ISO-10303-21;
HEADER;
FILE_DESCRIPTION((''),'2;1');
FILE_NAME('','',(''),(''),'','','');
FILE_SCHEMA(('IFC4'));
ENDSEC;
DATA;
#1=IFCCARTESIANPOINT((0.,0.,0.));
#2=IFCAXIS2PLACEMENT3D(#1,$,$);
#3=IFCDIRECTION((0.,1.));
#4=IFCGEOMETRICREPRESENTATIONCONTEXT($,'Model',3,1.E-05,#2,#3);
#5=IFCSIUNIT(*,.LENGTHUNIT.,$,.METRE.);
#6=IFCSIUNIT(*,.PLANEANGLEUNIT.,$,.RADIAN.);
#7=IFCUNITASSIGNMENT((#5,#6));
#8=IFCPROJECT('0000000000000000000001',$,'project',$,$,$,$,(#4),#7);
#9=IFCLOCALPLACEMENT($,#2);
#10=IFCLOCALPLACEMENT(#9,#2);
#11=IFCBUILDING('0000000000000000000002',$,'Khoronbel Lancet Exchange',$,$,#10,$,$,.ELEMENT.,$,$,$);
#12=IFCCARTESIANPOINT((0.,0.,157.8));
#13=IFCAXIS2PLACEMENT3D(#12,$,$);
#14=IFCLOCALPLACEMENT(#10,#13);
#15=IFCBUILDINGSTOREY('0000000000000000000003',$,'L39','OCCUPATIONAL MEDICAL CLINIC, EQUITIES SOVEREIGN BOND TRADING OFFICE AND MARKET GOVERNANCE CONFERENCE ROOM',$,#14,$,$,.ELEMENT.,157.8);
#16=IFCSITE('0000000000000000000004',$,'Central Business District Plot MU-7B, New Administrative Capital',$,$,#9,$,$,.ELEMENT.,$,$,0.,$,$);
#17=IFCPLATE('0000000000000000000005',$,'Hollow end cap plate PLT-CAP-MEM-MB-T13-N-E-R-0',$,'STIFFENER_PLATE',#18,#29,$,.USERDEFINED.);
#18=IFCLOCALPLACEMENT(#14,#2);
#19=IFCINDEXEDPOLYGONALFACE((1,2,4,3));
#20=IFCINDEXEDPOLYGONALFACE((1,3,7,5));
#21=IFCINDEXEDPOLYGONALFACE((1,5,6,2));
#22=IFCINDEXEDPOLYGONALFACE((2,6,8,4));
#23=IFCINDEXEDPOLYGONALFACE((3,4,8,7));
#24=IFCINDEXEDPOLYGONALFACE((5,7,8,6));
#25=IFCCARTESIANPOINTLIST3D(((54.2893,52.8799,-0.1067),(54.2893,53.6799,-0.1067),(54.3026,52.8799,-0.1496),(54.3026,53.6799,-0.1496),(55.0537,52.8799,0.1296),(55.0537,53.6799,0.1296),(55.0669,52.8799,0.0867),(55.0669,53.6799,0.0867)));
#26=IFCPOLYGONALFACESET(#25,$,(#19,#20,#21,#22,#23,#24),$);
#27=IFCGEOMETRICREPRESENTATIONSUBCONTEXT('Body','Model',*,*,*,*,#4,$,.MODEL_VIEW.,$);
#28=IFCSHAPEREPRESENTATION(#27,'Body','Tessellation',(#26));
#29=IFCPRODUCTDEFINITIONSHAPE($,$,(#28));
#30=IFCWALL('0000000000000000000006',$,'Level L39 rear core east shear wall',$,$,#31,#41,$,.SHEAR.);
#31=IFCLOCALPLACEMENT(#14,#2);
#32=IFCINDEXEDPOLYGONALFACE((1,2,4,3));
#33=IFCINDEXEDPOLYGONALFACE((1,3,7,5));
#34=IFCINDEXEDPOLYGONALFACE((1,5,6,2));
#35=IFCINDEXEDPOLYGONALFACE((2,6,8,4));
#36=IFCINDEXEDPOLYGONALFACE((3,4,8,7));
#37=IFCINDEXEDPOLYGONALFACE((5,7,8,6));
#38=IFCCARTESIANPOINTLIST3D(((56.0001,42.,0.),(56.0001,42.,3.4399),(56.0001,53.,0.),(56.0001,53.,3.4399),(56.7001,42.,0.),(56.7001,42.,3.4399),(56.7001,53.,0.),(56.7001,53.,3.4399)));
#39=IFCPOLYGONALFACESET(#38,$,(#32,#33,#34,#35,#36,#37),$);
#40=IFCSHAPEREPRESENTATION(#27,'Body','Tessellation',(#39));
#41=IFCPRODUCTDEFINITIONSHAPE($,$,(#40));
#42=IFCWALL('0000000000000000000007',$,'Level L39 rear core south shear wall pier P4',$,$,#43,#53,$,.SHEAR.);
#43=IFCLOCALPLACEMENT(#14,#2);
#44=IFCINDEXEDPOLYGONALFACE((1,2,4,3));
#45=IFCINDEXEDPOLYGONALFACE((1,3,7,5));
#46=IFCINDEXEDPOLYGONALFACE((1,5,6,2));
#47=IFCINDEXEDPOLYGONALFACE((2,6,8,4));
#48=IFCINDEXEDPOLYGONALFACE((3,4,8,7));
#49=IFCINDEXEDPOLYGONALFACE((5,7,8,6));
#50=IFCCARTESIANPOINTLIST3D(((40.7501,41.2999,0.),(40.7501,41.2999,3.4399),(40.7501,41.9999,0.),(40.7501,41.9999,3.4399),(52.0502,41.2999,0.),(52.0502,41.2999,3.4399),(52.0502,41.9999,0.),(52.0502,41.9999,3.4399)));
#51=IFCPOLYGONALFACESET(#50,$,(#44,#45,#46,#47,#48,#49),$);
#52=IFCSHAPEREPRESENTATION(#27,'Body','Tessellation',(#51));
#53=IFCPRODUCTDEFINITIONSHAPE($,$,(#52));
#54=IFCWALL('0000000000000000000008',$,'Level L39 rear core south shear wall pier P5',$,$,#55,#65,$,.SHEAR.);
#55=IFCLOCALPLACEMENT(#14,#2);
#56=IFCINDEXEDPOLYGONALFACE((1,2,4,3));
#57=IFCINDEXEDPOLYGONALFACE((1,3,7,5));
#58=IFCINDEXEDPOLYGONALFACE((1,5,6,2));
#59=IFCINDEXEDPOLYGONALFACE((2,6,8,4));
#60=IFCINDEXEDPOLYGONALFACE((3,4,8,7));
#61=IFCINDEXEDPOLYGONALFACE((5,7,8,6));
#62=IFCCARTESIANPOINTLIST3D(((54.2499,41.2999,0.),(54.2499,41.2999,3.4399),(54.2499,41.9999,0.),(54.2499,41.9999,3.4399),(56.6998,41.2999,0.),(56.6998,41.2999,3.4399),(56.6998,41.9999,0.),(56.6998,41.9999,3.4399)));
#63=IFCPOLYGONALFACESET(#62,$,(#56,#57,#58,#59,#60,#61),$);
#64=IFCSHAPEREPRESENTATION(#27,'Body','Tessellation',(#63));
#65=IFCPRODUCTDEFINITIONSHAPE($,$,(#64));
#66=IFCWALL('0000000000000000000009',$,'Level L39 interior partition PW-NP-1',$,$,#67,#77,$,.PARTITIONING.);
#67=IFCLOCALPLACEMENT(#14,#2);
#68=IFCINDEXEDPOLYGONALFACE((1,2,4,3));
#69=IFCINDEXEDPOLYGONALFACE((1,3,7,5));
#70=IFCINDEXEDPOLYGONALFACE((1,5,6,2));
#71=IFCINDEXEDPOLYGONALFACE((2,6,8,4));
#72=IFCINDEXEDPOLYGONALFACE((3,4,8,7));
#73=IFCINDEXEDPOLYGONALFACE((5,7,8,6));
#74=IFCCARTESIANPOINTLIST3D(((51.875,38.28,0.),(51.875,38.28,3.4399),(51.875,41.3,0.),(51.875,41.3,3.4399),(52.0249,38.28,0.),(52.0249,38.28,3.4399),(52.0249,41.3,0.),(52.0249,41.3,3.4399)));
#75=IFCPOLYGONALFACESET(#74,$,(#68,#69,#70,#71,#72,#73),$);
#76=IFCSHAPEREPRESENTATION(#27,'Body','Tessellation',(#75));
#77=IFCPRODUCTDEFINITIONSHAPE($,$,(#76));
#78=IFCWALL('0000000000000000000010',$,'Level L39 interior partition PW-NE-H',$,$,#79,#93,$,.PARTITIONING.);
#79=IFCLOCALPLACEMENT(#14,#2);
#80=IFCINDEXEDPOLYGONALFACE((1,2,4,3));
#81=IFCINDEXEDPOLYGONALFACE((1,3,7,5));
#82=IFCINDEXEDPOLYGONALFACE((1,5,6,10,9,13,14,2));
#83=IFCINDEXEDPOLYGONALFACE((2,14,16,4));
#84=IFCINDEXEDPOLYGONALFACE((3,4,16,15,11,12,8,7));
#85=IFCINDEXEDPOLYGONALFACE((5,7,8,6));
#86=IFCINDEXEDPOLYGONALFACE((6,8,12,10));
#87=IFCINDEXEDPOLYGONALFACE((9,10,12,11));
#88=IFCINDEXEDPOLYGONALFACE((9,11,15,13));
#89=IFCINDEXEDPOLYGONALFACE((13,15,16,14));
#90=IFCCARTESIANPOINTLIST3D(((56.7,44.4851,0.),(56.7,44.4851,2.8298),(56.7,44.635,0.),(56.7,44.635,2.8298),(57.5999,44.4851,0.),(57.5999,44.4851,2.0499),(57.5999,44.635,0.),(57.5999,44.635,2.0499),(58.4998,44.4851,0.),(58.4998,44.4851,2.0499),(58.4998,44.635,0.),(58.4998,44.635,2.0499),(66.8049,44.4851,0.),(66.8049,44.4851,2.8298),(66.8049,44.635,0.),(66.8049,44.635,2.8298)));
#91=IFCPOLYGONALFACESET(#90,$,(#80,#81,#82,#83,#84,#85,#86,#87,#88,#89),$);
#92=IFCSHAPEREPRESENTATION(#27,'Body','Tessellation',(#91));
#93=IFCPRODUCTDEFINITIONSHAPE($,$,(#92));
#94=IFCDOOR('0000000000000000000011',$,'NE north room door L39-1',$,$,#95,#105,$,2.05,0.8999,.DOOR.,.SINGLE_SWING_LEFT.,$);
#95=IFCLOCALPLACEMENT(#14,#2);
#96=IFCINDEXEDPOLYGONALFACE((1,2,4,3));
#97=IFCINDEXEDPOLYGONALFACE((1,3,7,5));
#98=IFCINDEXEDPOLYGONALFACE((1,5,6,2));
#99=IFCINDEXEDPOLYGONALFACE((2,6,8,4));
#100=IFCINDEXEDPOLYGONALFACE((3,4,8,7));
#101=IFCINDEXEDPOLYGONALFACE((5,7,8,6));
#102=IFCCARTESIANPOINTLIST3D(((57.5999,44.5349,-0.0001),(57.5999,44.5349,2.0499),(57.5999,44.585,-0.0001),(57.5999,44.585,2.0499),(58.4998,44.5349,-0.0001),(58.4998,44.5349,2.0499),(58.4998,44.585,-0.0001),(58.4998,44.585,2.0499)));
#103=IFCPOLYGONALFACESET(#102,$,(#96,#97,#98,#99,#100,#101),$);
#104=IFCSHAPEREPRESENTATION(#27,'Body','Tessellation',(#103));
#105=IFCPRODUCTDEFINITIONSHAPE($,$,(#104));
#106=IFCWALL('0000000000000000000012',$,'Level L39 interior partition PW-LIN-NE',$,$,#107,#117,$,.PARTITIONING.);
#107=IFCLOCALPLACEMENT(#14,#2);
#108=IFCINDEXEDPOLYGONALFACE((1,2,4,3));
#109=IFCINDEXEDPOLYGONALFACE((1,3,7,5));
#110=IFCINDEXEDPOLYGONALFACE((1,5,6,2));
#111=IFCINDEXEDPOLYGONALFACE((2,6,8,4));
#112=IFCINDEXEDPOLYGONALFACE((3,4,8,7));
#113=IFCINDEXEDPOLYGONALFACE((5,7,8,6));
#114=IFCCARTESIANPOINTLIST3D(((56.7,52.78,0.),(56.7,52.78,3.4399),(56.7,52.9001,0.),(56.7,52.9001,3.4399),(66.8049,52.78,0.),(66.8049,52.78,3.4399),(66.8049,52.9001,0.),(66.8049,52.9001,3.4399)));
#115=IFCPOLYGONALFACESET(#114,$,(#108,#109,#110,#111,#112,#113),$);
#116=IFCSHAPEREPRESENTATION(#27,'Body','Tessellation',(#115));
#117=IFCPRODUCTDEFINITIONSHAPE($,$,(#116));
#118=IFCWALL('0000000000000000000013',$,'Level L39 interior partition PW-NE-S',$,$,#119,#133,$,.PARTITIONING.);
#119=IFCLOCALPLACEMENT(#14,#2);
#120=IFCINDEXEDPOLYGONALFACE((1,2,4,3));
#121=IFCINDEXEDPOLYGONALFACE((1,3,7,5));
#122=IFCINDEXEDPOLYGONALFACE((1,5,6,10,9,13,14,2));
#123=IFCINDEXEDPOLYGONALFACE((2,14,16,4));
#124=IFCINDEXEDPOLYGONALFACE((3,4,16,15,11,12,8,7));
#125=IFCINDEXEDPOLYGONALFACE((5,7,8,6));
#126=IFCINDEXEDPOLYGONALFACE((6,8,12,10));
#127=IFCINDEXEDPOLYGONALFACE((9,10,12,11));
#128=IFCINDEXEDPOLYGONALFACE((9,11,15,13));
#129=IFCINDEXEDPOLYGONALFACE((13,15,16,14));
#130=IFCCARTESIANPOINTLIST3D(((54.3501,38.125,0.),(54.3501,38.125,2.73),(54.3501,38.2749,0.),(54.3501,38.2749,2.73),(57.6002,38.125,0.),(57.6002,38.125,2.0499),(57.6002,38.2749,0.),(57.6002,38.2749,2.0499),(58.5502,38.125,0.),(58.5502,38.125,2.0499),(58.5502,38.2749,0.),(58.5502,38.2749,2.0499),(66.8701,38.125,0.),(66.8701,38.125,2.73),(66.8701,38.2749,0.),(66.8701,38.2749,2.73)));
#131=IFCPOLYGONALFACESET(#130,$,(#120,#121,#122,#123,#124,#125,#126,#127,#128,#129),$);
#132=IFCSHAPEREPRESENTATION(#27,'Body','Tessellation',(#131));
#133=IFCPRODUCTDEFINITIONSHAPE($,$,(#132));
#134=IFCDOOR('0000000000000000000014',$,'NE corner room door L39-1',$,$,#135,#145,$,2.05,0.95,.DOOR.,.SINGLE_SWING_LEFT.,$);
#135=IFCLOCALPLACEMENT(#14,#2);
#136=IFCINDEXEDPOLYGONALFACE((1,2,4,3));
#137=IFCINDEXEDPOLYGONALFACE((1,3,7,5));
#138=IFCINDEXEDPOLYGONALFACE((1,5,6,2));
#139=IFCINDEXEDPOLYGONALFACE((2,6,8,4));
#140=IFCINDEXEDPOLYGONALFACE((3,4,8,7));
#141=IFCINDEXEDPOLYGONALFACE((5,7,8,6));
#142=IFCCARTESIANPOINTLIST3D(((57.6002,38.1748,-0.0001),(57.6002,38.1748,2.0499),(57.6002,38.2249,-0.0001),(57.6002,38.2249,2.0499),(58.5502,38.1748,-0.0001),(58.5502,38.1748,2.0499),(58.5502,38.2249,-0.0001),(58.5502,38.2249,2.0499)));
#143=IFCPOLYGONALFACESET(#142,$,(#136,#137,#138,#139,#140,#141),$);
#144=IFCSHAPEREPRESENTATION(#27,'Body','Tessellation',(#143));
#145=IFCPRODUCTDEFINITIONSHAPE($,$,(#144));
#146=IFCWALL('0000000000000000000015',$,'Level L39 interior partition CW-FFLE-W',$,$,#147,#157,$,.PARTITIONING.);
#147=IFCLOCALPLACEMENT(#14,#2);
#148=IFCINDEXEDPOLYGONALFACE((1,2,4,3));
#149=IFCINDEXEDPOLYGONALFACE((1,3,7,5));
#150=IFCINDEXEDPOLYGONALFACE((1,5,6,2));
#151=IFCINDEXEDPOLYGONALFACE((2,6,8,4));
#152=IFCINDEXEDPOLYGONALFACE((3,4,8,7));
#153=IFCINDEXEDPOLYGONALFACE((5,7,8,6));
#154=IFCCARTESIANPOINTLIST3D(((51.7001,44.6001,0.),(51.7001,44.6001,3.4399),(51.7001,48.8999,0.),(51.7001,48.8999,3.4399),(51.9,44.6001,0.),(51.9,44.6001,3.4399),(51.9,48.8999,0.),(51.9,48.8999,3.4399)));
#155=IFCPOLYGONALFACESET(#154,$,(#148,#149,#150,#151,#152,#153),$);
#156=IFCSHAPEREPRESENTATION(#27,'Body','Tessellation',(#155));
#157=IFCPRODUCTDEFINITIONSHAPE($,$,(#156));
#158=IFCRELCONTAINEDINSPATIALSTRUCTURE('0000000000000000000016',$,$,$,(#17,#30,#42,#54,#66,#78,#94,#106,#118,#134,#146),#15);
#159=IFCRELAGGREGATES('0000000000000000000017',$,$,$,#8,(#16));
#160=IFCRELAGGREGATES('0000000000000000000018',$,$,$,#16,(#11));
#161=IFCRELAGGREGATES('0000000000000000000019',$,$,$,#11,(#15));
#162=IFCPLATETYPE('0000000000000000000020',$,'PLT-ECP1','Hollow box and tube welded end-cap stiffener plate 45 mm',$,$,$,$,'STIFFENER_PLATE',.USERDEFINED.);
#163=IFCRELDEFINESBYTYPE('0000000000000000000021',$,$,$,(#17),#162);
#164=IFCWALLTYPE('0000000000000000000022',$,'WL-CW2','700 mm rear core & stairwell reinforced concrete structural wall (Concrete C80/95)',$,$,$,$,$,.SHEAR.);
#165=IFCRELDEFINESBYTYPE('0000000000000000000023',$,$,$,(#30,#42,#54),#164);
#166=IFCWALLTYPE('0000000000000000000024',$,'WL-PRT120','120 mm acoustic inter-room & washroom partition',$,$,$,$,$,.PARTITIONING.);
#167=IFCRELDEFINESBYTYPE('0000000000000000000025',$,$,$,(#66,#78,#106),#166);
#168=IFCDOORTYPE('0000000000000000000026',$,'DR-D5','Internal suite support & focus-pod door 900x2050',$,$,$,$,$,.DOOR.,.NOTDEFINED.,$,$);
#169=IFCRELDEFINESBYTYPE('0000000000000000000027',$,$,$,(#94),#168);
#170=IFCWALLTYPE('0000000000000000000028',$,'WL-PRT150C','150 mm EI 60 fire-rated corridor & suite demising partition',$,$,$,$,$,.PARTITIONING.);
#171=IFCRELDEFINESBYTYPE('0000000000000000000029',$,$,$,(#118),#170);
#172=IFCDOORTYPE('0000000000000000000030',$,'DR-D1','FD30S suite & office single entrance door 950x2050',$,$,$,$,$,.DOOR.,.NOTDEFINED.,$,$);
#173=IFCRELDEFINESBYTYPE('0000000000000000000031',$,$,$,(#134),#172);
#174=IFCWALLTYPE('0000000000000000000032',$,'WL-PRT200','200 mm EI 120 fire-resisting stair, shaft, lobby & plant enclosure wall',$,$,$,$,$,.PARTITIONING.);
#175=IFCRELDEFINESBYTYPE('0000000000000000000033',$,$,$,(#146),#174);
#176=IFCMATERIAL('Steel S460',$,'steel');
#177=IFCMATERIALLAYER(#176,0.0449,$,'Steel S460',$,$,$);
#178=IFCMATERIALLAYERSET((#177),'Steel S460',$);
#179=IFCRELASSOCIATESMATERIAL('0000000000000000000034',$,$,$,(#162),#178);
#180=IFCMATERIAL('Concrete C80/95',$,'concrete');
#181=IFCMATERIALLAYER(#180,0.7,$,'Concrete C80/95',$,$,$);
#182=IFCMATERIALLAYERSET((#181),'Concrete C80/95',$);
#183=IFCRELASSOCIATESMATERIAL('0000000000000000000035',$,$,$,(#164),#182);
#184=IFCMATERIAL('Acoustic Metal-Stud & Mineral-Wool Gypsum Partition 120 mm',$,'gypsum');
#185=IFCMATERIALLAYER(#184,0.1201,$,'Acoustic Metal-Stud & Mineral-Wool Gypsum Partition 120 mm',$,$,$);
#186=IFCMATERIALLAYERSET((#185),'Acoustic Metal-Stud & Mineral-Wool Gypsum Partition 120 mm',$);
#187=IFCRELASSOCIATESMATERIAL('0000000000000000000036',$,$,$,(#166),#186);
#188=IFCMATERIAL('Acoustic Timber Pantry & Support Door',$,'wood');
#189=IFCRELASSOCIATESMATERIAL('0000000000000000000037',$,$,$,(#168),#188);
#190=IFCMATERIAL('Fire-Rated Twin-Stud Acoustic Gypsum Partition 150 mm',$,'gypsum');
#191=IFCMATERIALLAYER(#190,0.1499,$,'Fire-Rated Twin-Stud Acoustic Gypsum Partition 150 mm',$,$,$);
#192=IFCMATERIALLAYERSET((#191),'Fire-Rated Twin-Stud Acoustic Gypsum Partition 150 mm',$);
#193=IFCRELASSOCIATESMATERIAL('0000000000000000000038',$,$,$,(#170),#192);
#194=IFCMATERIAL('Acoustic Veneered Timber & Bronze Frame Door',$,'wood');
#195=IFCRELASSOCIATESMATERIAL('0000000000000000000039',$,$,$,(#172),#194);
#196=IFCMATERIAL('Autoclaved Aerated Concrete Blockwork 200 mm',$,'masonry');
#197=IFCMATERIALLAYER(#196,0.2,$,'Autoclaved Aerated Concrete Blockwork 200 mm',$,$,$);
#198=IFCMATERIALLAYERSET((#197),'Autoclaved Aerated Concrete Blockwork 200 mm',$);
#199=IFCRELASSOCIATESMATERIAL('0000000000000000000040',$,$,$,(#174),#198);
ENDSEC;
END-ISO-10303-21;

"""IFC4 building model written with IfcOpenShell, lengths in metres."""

from ifc_helpers import new_model, si_unit, direction, frame, frame_2d, origin, place, context, subcontext, project, spatial, polyline, rectangle, outline, extrude, material, layer, layer_set, type_object, element, fill, save


model = new_model("IFC4")

# Units and contexts
model_context = context("Model", 3, precision=1e-05, world=origin(), true_north=direction((0.0, 1.0)))
body_context = subcontext(model_context, "Body", "Model", "MODEL_VIEW")
ifc_project = project(units=[si_unit("LENGTHUNIT", "METRE"), si_unit("PLANEANGLEUNIT", "RADIAN")], contexts=[model_context])

# Site, building, storey
site_placement = place(None, origin())
site = spatial("IfcSite", under=ifc_project, at=site_placement, Name="Central Business District Plot MU-7B, New Administrative Capital", CompositionType="ELEMENT", RefElevation=0.0)
building_placement = place(site_placement, origin())
building = spatial("IfcBuilding", under=site, at=building_placement, Name="Khoronbel Lancet Exchange", CompositionType="ELEMENT")
storey_placement = place(building_placement, frame((0.0, 0.0, 157.8)))
storey = spatial("IfcBuildingStorey", under=building, at=storey_placement, Name="L39", Description="OCCUPATIONAL MEDICAL CLINIC, EQUITIES SOVEREIGN BOND TRADING OFFICE AND MARKET GOVERNANCE CONFERENCE ROOM", CompositionType="ELEMENT", Elevation=157.8)

# Shared definitions
ifc_material_1 = material(Name="Steel S460", Category="steel")

# Shared definitions
ifc_material_2 = material(Name="Concrete C80/95", Category="concrete")

# Plate
ifc_layer_1 = layer(ifc_material_1, 0.0449, Name="Steel S460")
ifc_layer_set_1 = layer_set([ifc_layer_1], Name="Steel S460")
plate_type_1 = type_object("IfcPlateType", Name="PLT-ECP1", Description="Hollow box and tube welded end-cap stiffener plate 45 mm", ElementType="STIFFENER_PLATE", PredefinedType="USERDEFINED", material=ifc_layer_set_1)
plate_1_placement = place(storey_placement, frame((54.2893, 53.6799, -0.1067), z_axis=(-0.295372, 0.0, 0.955382), x_axis=(0.0, -1.0, 0.0)))
element("IfcPlate", 1, at=plate_1_placement, inside=storey, type_object=plate_type_1, Name="Hollow end cap plate PLT-CAP-MEM-MB-T13-N-E-R-0", ObjectType="STIFFENER_PLATE", PredefinedType="USERDEFINED", context=body_context, shape_type="SweptSolid", body=[
    extrude(outline(polyline([(0.0, 0.0), (0.8, 0.0), (0.8, 0.8), (0.0, 0.8), (0.0, 0.0)])), origin(), (0.0, 0.0, -1.0), 0.0449),
])

# Walls
ifc_layer_2 = layer(ifc_material_2, 0.7, Name="Concrete C80/95")
ifc_layer_set_2 = layer_set([ifc_layer_2], Name="Concrete C80/95")
wall_type_1 = type_object("IfcWallType", Name="WL-CW2", Description="700 mm rear core & stairwell reinforced concrete structural wall (Concrete C80/95)", PredefinedType="SHEAR", material=ifc_layer_set_2)
wall_1_placement = place(storey_placement, frame((56.3501, 53.0, 0.0), z_axis=(0.0, 0.0, 1.0), x_axis=(0.0, -1.0, 0.0)))
element("IfcWall", 2, at=wall_1_placement, inside=storey, type_object=wall_type_1, Name="Level L39 rear core east shear wall", PredefinedType="SHEAR", context=body_context, shape_type="SweptSolid", body=[
    extrude(rectangle(XDim=11.0, YDim=0.7, at=frame_2d((5.5, 0.0))), origin(), (0.0, 0.0, 1.0), 3.4399),
])
wall_2_placement = place(storey_placement, frame((52.05, 41.6499, 0.0), z_axis=(0.0, 0.0, 1.0), x_axis=(-1.0, 0.0, 0.0)))
element("IfcWall", 3, at=wall_2_placement, inside=storey, type_object=wall_type_1, Name="Level L39 rear core south shear wall pier P4", PredefinedType="SHEAR", context=body_context, shape_type="SweptSolid", body=[
    extrude(rectangle(XDim=11.3, YDim=0.7, at=frame_2d((5.6499, 0.0))), origin(), (0.0, 0.0, 1.0), 3.4399),
])
wall_3_placement = place(storey_placement, frame((56.7, 41.6499, 0.0), z_axis=(0.0, 0.0, 1.0), x_axis=(-1.0, 0.0, 0.0)))
element("IfcWall", 4, at=wall_3_placement, inside=storey, type_object=wall_type_1, Name="Level L39 rear core south shear wall pier P5", PredefinedType="SHEAR", context=body_context, shape_type="SweptSolid", body=[
    extrude(rectangle(XDim=2.45, YDim=0.7, at=frame_2d((1.2251, 0.0))), origin(), (0.0, 0.0, 1.0), 3.4399),
])
ifc_material_3 = material(Name="Acoustic Metal-Stud & Mineral-Wool Gypsum Partition 120 mm", Category="gypsum")
ifc_layer_3 = layer(ifc_material_3, 0.1201, Name="Acoustic Metal-Stud & Mineral-Wool Gypsum Partition 120 mm")
ifc_layer_set_3 = layer_set([ifc_layer_3], Name="Acoustic Metal-Stud & Mineral-Wool Gypsum Partition 120 mm")
wall_type_2 = type_object("IfcWallType", Name="WL-PRT120", Description="120 mm acoustic inter-room & washroom partition", PredefinedType="PARTITIONING", material=ifc_layer_set_3)
wall_4_placement = place(storey_placement, frame((51.95, 38.28, 0.0), z_axis=(0.0, 0.0, 1.0), x_axis=(0.0, 1.0, 0.0)))
element("IfcWall", 5, at=wall_4_placement, inside=storey, type_object=wall_type_2, Name="Level L39 interior partition PW-NP-1", PredefinedType="PARTITIONING", context=body_context, shape_type="SweptSolid", body=[
    extrude(rectangle(XDim=3.02, YDim=0.1499, at=frame_2d((1.51, 0.0))), origin(), (0.0, 0.0, 1.0), 3.4399),
])

# Wall, opening, door
wall_5_placement = place(storey_placement, frame((56.7, 44.5601, 0.0), z_axis=(0.0, 0.0, 1.0), x_axis=(1.0, 0.0, 0.0)))
wall_5 = element("IfcWall", 6, at=wall_5_placement, inside=storey, type_object=wall_type_2, Name="Level L39 interior partition PW-NE-H", PredefinedType="PARTITIONING", context=body_context, shape_type="SweptSolid", body=[
    extrude(rectangle(XDim=10.105, YDim=0.1499, at=frame_2d((5.0525, 0.0))), origin(), (0.0, 0.0, 1.0), 2.8298),
])
opening_1_placement = place(wall_5_placement, frame((0.8999, 0.0, 0.0)))
opening_1 = element("IfcOpeningElement", 7, at=opening_1_placement, cuts=wall_5, PredefinedType="OPENING", context=body_context, shape_type="SweptSolid", body=[
    extrude(rectangle(XDim=0.8999, YDim=2.05, at=frame_2d((0.45, 1.0249))), frame((0.0, 0.085, 0.0), z_axis=(0.0, -1.0, 0.0), x_axis=(1.0, 0.0, 0.0)), (0.0, 0.0, 1.0), 0.1699),
])
ifc_material_4 = material(Name="Acoustic Timber Pantry & Support Door", Category="wood")
door_type_1 = type_object("IfcDoorType", Name="DR-D5", Description="Internal suite support & focus-pod door 900x2050", OperationType="NOTDEFINED", PredefinedType="DOOR", material=ifc_material_4)
door_1_placement = place(opening_1_placement, origin())
door_1 = element("IfcDoor", 8, at=door_1_placement, inside=storey, type_object=door_type_1, Name="NE north room door L39-1", OperationType="SINGLE_SWING_LEFT", OverallHeight=2.05, OverallWidth=0.8999, PredefinedType="DOOR", context=body_context, shape_type="SweptSolid", body=[
    extrude(rectangle(XDim=0.8999, YDim=2.05, at=frame_2d((0.45, 1.0249))), frame((0.0, 0.0249, 0.0), z_axis=(0.0, -1.0, 0.0), x_axis=(1.0, 0.0, 0.0)), (0.0, 0.0, 1.0), 0.05),
])
fill(opening_1, door_1)

# Wall
wall_6_placement = place(storey_placement, frame((56.7, 52.8401, 0.0), z_axis=(0.0, 0.0, 1.0), x_axis=(1.0, 0.0, 0.0)))
element("IfcWall", 9, at=wall_6_placement, inside=storey, type_object=wall_type_2, Name="Level L39 interior partition PW-LIN-NE", PredefinedType="PARTITIONING", context=body_context, shape_type="SweptSolid", body=[
    extrude(rectangle(XDim=10.105, YDim=0.1201, at=frame_2d((5.0525, 0.0))), origin(), (0.0, 0.0, 1.0), 3.4399),
])

# Wall, opening, door
ifc_material_5 = material(Name="Fire-Rated Twin-Stud Acoustic Gypsum Partition 150 mm", Category="gypsum")
ifc_layer_4 = layer(ifc_material_5, 0.1499, Name="Fire-Rated Twin-Stud Acoustic Gypsum Partition 150 mm")
ifc_layer_set_4 = layer_set([ifc_layer_4], Name="Fire-Rated Twin-Stud Acoustic Gypsum Partition 150 mm")
wall_type_3 = type_object("IfcWallType", Name="WL-PRT150C", Description="150 mm EI 60 fire-rated corridor & suite demising partition", PredefinedType="PARTITIONING", material=ifc_layer_set_4)
wall_7_placement = place(storey_placement, frame((54.3501, 38.2, 0.0), z_axis=(0.0, 0.0, 1.0), x_axis=(1.0, 0.0, 0.0)))
wall_7 = element("IfcWall", 10, at=wall_7_placement, inside=storey, type_object=wall_type_3, Name="Level L39 interior partition PW-NE-S", PredefinedType="PARTITIONING", context=body_context, shape_type="SweptSolid", body=[
    extrude(rectangle(XDim=12.52, YDim=0.1499, at=frame_2d((6.26, 0.0))), origin(), (0.0, 0.0, 1.0), 2.73),
])
opening_2_placement = place(wall_7_placement, frame((3.25, 0.0, 0.0)))
opening_2 = element("IfcOpeningElement", 11, at=opening_2_placement, cuts=wall_7, PredefinedType="OPENING", context=body_context, shape_type="SweptSolid", body=[
    extrude(rectangle(XDim=0.95, YDim=2.05, at=frame_2d((0.4751, 1.0249))), frame((0.0, 0.085, 0.0), z_axis=(0.0, -1.0, 0.0), x_axis=(1.0, 0.0, 0.0)), (0.0, 0.0, 1.0), 0.1699),
])
ifc_material_6 = material(Name="Acoustic Veneered Timber & Bronze Frame Door", Category="wood")
door_type_2 = type_object("IfcDoorType", Name="DR-D1", Description="FD30S suite & office single entrance door 950x2050", OperationType="NOTDEFINED", PredefinedType="DOOR", material=ifc_material_6)
door_2_placement = place(opening_2_placement, origin())
door_2 = element("IfcDoor", 12, at=door_2_placement, inside=storey, type_object=door_type_2, Name="NE corner room door L39-1", OperationType="SINGLE_SWING_LEFT", OverallHeight=2.05, OverallWidth=0.95, PredefinedType="DOOR", context=body_context, shape_type="SweptSolid", body=[
    extrude(rectangle(XDim=0.95, YDim=2.05, at=frame_2d((0.4751, 1.0249))), frame((0.0, 0.0249, 0.0), z_axis=(0.0, -1.0, 0.0), x_axis=(1.0, 0.0, 0.0)), (0.0, 0.0, 1.0), 0.05),
])
fill(opening_2, door_2)

# Wall
ifc_material_7 = material(Name="Autoclaved Aerated Concrete Blockwork 200 mm", Category="masonry")
ifc_layer_5 = layer(ifc_material_7, 0.2, Name="Autoclaved Aerated Concrete Blockwork 200 mm")
ifc_layer_set_5 = layer_set([ifc_layer_5], Name="Autoclaved Aerated Concrete Blockwork 200 mm")
wall_type_4 = type_object("IfcWallType", Name="WL-PRT200", Description="200 mm EI 120 fire-resisting stair, shaft, lobby & plant enclosure wall", PredefinedType="PARTITIONING", material=ifc_layer_set_5)
wall_8_placement = place(storey_placement, frame((51.8, 44.6001, 0.0), z_axis=(0.0, 0.0, 1.0), x_axis=(0.0, 1.0, 0.0)))
element("IfcWall", 13, at=wall_8_placement, inside=storey, type_object=wall_type_4, Name="Level L39 interior partition CW-FFLE-W", PredefinedType="PARTITIONING", context=body_context, shape_type="SweptSolid", body=[
    extrude(rectangle(XDim=4.2998, YDim=0.2, at=frame_2d((2.1499, 0.0))), origin(), (0.0, 0.0, 1.0), 3.4399),
])

save(model, "model.ifc")
